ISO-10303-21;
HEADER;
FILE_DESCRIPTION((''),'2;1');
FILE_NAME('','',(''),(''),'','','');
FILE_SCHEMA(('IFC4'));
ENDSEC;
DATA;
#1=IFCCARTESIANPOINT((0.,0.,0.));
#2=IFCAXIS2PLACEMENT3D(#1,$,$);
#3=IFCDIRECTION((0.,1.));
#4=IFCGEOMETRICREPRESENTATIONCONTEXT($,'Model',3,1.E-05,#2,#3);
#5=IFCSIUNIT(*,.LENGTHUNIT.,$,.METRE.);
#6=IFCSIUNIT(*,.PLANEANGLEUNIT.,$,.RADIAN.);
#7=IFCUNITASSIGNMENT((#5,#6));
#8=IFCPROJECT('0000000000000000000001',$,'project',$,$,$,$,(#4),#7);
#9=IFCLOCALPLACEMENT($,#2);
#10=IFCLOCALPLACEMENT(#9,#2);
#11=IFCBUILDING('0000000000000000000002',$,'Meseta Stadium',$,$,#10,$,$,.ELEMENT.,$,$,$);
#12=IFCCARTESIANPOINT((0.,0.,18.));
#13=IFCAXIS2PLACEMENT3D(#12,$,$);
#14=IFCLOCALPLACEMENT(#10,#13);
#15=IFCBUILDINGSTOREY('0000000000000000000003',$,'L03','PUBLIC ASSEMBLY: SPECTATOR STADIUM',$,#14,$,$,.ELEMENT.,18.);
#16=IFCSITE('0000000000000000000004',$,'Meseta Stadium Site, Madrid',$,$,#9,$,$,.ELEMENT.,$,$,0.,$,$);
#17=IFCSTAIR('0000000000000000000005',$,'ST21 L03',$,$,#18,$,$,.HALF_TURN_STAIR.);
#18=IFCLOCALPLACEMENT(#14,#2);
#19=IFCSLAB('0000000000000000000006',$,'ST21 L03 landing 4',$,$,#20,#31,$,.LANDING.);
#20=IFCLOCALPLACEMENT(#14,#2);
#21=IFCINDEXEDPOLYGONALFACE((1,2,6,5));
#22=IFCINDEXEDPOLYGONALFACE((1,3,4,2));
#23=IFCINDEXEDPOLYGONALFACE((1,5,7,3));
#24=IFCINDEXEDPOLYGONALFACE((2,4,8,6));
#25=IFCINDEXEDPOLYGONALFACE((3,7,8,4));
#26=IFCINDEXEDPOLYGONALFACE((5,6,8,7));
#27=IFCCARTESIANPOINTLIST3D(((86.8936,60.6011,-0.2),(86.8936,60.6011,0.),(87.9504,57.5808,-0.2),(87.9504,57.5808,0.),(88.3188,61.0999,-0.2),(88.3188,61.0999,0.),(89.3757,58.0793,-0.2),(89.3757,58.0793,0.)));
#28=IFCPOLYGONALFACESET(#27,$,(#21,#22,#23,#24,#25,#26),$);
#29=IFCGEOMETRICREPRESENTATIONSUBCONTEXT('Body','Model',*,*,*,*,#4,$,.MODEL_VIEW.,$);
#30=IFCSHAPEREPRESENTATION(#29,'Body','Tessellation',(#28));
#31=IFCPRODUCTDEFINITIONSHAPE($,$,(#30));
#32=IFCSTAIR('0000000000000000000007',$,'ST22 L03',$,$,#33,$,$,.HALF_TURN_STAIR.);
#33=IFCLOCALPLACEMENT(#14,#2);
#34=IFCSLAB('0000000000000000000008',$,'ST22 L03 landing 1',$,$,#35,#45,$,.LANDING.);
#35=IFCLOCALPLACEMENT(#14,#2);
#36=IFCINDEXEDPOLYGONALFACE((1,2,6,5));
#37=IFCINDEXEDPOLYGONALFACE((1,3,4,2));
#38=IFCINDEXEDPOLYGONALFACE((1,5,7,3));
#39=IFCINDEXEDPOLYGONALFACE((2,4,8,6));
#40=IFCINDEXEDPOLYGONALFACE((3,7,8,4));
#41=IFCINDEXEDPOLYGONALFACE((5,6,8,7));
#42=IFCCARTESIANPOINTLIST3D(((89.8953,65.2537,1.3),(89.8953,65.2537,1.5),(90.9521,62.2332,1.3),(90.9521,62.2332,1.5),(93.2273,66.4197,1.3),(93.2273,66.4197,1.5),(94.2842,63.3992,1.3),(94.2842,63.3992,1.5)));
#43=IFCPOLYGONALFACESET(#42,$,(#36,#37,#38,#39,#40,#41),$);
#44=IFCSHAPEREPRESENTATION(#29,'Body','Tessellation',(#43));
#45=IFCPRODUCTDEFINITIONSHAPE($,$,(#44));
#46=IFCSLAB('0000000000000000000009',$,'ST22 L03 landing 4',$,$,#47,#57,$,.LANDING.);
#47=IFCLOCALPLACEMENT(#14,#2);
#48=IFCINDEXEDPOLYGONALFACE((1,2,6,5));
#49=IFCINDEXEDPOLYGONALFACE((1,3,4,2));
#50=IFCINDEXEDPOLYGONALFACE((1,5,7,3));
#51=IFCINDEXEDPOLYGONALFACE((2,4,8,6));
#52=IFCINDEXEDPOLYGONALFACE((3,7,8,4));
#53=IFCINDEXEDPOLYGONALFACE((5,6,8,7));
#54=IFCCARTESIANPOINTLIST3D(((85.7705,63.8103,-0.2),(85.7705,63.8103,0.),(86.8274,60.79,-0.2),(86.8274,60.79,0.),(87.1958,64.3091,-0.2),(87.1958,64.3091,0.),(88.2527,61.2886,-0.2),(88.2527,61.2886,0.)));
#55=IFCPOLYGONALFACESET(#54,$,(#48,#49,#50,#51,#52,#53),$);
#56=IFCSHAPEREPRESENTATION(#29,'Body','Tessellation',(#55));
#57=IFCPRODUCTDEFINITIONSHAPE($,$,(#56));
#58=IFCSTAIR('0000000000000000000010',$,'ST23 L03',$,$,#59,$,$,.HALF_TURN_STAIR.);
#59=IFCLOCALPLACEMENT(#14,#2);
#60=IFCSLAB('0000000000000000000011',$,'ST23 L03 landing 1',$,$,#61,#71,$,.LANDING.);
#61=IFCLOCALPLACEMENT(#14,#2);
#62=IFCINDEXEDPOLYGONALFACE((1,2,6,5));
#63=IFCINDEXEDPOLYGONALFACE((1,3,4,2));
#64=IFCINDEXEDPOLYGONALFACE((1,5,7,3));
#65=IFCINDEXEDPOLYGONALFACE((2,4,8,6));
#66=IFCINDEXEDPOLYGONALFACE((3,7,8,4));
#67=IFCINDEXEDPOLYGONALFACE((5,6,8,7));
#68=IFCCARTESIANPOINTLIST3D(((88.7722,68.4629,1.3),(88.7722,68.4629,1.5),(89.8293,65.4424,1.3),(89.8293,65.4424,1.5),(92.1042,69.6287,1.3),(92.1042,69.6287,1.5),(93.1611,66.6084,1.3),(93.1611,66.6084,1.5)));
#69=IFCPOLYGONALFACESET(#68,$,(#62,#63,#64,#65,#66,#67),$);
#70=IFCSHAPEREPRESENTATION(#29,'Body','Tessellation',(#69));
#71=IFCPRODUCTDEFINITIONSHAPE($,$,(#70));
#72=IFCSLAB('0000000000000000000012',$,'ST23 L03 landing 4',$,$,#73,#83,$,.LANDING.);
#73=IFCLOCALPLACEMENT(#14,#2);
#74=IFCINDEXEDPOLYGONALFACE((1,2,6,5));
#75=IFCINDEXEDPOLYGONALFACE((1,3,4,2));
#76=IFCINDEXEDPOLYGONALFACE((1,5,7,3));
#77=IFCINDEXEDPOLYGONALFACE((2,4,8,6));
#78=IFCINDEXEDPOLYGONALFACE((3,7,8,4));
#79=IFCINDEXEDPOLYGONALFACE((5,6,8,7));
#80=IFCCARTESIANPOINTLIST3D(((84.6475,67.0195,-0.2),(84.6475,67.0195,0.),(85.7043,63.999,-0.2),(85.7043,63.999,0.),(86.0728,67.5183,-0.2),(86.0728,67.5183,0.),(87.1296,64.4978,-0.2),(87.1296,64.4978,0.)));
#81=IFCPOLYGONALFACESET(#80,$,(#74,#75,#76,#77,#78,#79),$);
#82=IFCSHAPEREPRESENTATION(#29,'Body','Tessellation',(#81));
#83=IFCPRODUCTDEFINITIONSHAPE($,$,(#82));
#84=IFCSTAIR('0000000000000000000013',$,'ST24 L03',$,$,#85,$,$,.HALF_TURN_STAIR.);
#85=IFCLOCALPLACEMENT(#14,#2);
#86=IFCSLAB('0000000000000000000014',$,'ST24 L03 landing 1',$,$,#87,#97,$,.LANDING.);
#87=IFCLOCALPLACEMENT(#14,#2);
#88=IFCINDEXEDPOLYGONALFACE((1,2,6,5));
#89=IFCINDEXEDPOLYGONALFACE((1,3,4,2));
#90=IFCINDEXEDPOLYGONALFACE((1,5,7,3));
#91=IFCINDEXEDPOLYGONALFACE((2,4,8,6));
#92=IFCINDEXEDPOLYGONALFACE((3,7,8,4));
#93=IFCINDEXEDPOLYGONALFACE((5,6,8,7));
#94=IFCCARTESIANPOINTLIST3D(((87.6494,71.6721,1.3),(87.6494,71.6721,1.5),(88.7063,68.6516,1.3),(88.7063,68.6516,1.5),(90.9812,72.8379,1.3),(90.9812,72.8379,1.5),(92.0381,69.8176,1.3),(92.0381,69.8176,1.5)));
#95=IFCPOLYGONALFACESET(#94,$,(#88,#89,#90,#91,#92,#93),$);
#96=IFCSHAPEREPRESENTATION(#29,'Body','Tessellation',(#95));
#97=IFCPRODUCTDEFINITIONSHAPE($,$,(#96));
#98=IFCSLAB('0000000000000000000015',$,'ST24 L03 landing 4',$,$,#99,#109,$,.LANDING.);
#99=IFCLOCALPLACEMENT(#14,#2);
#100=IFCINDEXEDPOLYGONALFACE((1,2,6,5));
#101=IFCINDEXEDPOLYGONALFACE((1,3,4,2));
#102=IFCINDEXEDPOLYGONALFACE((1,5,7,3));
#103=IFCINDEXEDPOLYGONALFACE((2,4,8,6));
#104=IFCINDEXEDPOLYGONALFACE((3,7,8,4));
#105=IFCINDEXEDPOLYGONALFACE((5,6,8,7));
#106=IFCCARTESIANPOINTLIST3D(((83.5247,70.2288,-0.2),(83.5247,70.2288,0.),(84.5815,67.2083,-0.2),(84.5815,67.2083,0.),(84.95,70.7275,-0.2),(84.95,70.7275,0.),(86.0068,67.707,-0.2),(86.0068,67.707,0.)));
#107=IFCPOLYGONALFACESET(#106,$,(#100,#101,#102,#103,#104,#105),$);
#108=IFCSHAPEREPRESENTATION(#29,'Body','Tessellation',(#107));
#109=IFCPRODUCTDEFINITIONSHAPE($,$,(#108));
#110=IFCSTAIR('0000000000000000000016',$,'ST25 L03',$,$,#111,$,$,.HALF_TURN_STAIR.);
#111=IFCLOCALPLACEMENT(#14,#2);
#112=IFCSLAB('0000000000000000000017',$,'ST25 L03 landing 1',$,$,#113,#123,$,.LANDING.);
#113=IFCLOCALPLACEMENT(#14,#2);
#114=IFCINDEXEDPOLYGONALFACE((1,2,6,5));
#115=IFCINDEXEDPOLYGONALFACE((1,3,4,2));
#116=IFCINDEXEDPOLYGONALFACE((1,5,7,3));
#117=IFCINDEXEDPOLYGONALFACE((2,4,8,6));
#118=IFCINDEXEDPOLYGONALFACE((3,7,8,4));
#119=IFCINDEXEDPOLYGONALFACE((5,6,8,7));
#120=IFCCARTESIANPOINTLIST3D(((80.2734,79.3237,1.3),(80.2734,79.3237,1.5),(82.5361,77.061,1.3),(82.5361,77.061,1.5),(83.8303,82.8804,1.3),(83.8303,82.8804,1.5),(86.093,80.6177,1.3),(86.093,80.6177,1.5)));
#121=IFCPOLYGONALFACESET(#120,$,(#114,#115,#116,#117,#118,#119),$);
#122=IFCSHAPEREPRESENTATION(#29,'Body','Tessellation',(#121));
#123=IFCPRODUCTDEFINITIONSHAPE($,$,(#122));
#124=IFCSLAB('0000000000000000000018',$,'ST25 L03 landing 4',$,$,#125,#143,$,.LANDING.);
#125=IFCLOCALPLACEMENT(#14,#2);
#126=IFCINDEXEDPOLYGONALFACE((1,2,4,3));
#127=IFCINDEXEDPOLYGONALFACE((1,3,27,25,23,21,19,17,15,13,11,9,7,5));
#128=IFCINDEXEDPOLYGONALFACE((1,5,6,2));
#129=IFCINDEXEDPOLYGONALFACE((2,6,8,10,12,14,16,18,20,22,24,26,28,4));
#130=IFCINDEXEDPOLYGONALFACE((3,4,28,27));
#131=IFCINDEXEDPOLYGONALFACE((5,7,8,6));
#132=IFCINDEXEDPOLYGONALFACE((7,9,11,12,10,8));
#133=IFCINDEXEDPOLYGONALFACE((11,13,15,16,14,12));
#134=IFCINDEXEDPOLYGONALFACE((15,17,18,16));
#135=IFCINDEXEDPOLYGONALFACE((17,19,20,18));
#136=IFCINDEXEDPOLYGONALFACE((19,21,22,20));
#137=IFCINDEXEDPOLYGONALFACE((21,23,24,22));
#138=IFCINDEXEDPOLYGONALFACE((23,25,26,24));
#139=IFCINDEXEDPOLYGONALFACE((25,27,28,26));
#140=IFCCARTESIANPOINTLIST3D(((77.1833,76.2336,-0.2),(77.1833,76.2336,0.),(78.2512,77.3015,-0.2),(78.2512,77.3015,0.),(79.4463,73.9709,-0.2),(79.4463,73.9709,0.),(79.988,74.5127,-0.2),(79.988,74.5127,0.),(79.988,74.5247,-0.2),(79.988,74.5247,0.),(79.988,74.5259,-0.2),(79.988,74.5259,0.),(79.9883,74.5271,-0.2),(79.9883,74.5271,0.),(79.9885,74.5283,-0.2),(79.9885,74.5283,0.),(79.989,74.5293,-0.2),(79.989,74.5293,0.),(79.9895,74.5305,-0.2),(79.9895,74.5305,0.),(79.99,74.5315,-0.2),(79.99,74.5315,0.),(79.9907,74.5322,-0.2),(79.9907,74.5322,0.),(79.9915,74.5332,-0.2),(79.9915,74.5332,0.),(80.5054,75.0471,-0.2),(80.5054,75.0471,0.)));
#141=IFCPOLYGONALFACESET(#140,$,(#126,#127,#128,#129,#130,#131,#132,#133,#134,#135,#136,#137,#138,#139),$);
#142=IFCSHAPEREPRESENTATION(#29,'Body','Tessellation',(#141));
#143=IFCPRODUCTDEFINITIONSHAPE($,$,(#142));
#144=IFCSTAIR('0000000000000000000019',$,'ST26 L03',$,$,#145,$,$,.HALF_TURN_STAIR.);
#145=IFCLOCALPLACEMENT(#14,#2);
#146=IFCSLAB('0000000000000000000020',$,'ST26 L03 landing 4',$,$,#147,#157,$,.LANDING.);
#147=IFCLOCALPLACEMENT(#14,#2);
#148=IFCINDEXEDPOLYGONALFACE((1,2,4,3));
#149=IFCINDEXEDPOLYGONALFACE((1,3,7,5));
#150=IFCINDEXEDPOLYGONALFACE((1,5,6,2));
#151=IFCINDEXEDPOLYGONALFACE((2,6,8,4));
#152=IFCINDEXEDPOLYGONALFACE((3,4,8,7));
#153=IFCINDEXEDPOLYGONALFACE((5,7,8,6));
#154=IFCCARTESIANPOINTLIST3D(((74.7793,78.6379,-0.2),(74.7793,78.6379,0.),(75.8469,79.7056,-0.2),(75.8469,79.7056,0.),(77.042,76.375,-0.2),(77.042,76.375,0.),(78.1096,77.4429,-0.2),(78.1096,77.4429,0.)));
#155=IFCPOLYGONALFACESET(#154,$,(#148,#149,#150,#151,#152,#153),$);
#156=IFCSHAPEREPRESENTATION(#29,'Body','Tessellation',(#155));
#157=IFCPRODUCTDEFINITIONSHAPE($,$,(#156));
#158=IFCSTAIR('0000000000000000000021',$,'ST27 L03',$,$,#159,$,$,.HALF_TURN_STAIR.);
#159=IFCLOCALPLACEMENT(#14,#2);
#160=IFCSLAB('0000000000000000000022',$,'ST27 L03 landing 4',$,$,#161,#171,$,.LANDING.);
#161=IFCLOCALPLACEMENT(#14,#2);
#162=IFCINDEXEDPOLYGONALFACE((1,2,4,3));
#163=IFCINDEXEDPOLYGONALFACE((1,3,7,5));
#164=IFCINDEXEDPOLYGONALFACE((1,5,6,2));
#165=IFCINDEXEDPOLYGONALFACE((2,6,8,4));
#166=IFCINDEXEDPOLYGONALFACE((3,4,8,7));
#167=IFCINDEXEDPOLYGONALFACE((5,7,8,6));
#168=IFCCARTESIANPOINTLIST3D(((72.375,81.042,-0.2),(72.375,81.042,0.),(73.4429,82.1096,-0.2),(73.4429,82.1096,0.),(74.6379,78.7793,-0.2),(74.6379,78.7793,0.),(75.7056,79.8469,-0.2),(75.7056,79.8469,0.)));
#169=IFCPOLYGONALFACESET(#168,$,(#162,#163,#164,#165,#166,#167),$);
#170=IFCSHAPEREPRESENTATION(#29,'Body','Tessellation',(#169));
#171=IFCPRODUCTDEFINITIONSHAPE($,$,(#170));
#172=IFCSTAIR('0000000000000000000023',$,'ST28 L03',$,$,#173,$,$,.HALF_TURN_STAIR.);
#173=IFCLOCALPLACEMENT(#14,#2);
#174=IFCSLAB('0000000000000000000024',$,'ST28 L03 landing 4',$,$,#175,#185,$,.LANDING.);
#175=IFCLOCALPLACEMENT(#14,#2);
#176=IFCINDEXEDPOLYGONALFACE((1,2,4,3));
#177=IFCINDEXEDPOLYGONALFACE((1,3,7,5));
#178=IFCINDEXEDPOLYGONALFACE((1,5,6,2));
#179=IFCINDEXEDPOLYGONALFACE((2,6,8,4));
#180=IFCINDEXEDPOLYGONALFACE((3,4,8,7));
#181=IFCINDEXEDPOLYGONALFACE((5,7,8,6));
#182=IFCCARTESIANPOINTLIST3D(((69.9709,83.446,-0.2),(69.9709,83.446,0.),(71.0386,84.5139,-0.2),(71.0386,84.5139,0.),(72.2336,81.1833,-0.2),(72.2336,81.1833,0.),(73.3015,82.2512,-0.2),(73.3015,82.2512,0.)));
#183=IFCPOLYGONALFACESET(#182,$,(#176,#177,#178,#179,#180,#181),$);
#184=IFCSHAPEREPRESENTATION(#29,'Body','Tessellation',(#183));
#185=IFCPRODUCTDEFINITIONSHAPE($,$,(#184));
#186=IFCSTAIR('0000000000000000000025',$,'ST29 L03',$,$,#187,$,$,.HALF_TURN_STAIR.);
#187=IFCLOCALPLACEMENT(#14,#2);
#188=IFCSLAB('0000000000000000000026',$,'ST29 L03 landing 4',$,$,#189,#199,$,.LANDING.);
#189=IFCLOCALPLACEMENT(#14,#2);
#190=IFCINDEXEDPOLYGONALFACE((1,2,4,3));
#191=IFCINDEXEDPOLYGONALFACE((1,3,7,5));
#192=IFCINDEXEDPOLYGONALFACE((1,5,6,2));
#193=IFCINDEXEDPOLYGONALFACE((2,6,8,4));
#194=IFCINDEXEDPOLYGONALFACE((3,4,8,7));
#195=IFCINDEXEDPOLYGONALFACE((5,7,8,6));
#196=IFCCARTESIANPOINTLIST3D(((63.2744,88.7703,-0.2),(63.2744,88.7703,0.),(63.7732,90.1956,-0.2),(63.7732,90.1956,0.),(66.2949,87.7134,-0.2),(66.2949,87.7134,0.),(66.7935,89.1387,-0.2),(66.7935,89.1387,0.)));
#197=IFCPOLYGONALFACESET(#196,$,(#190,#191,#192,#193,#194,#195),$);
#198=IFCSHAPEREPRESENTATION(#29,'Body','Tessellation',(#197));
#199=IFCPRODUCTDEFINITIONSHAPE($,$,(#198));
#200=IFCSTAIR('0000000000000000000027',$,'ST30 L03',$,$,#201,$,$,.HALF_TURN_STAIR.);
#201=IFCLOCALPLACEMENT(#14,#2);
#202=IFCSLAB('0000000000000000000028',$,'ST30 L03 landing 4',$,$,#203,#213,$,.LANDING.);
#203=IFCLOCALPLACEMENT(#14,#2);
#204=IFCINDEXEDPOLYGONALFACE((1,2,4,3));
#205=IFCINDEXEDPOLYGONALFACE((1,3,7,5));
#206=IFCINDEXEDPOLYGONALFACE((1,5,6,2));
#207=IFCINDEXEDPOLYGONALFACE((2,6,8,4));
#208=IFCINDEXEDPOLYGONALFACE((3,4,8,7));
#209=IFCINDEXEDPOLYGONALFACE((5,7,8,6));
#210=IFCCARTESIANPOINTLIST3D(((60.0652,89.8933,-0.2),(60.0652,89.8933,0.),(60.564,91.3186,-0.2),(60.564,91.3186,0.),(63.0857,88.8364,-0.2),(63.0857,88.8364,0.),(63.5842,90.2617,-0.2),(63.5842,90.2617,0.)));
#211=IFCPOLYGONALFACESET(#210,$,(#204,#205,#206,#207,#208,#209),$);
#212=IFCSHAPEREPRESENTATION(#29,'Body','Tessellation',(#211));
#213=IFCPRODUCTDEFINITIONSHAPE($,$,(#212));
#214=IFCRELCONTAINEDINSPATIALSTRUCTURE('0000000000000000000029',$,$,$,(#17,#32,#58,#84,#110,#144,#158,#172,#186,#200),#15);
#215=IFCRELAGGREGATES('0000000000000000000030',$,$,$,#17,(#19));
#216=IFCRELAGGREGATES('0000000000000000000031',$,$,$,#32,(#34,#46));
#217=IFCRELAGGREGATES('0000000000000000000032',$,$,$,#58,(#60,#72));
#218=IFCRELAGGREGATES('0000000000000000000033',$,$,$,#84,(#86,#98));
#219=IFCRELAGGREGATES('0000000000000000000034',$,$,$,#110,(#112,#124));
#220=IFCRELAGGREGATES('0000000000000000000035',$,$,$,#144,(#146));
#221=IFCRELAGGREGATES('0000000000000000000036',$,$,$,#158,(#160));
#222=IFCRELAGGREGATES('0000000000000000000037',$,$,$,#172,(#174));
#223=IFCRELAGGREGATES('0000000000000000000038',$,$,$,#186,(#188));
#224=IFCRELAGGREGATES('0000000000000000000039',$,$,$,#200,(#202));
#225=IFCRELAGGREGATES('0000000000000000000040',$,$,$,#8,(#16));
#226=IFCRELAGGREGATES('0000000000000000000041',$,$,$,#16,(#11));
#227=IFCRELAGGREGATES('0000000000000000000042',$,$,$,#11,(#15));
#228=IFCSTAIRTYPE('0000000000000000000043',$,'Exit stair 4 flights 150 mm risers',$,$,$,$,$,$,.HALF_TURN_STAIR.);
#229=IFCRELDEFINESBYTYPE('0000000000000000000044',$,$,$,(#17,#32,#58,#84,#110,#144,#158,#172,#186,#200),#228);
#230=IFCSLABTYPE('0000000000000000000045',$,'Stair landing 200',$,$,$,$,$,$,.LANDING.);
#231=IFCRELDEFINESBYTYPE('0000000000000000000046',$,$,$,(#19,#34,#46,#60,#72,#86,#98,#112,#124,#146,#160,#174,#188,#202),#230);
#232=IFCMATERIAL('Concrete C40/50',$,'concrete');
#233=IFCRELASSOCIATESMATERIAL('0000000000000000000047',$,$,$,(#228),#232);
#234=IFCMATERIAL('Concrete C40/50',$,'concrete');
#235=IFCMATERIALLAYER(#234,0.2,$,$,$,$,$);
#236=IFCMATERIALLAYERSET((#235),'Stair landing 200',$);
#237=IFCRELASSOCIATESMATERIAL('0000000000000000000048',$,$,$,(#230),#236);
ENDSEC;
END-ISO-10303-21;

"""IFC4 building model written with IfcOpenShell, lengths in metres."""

from ifc_helpers import new_model, si_unit, direction, frame, origin, place, context, subcontext, project, spatial, polyline, outline, extrude, material, layer, layer_set, type_object, element, aggregate, save


model = new_model("IFC4")

# Units and contexts
model_context = context("Model", 3, precision=1e-05, world=origin(), true_north=direction((0.0, 1.0)))
body_context = subcontext(model_context, "Body", "Model", "MODEL_VIEW")
ifc_project = project(units=[si_unit("LENGTHUNIT", "METRE"), si_unit("PLANEANGLEUNIT", "RADIAN")], contexts=[model_context])

# Site, building, storey
site_placement = place(None, origin())
site = spatial("IfcSite", under=ifc_project, at=site_placement, Name="Meseta Stadium Site, Madrid", CompositionType="ELEMENT", RefElevation=0.0)
building_placement = place(site_placement, origin())
building = spatial("IfcBuilding", under=site, at=building_placement, Name="Meseta Stadium", CompositionType="ELEMENT")
storey_placement = place(building_placement, frame((0.0, 0.0, 18.0)))
storey = spatial("IfcBuildingStorey", under=building, at=storey_placement, Name="L03", Description="PUBLIC ASSEMBLY: SPECTATOR STADIUM", CompositionType="ELEMENT", Elevation=18.0)

# Stair, slab
ifc_material_1 = material(Name="Concrete C40/50", Category="concrete")
stair_type = type_object("IfcStairType", Name="Exit stair 4 flights 150 mm risers", PredefinedType="HALF_TURN_STAIR", material=ifc_material_1)
stair_1_placement = place(storey_placement, origin())
stair_1 = element("IfcStair", 1, at=stair_1_placement, inside=storey, type_object=stair_type, Name="ST21 L03", PredefinedType="HALF_TURN_STAIR")
ifc_material_2 = material(Name="Concrete C40/50", Category="concrete")
ifc_layer = layer(ifc_material_2, 0.2)
ifc_layer_set = layer_set([ifc_layer], Name="Stair landing 200")
slab_type = type_object("IfcSlabType", Name="Stair landing 200", PredefinedType="LANDING", material=ifc_layer_set)
slab_1_placement = place(storey_placement, frame((0.0, 0.0, -0.2)))
slab_1 = element("IfcSlab", 2, at=slab_1_placement, type_object=slab_type, Name="ST21 L03 landing 4", PredefinedType="LANDING", context=body_context, shape_type="SweptSolid", body=[
    extrude(outline(polyline([(87.9504, 57.5808), (89.3757, 58.0793), (88.3188, 61.0999), (86.8936, 60.6011), (87.9504, 57.5808)])), origin(), (0.0, 0.0, 1.0), 0.2),
])
aggregate(stair_1, [slab_1])

# Stairs, slabs
stair_2_placement = place(storey_placement, origin())
stair_2 = element("IfcStair", 3, at=stair_2_placement, inside=storey, type_object=stair_type, Name="ST22 L03", PredefinedType="HALF_TURN_STAIR")
slab_2_placement = place(storey_placement, frame((0.0, 0.0, 1.3)))
slab_2 = element("IfcSlab", 4, at=slab_2_placement, type_object=slab_type, Name="ST22 L03 landing 1", PredefinedType="LANDING", context=body_context, shape_type="SweptSolid", body=[
    extrude(outline(polyline([(90.9521, 62.2332), (94.2842, 63.3992), (93.2273, 66.4197), (89.8953, 65.2537), (90.9521, 62.2332)])), origin(), (0.0, 0.0, 1.0), 0.2),
])
slab_3_placement = place(storey_placement, frame((0.0, 0.0, -0.2)))
slab_3 = element("IfcSlab", 5, at=slab_3_placement, type_object=slab_type, Name="ST22 L03 landing 4", PredefinedType="LANDING", context=body_context, shape_type="SweptSolid", body=[
    extrude(outline(polyline([(86.8274, 60.79), (88.2527, 61.2886), (87.1958, 64.3091), (85.7705, 63.8103), (86.8274, 60.79)])), origin(), (0.0, 0.0, 1.0), 0.2),
])
aggregate(stair_2, [slab_2, slab_3])
stair_3_placement = place(storey_placement, origin())
stair_3 = element("IfcStair", 6, at=stair_3_placement, inside=storey, type_object=stair_type, Name="ST23 L03", PredefinedType="HALF_TURN_STAIR")
slab_4_placement = place(storey_placement, frame((0.0, 0.0, 1.3)))
slab_4 = element("IfcSlab", 7, at=slab_4_placement, type_object=slab_type, Name="ST23 L03 landing 1", PredefinedType="LANDING", context=body_context, shape_type="SweptSolid", body=[
    extrude(outline(polyline([(89.8293, 65.4424), (93.1611, 66.6084), (92.1042, 69.6287), (88.7722, 68.4629), (89.8293, 65.4424)])), origin(), (0.0, 0.0, 1.0), 0.2),
])
slab_5_placement = place(storey_placement, frame((0.0, 0.0, -0.2)))
slab_5 = element("IfcSlab", 8, at=slab_5_placement, type_object=slab_type, Name="ST23 L03 landing 4", PredefinedType="LANDING", context=body_context, shape_type="SweptSolid", body=[
    extrude(outline(polyline([(85.7043, 63.999), (87.1296, 64.4978), (86.0728, 67.5183), (84.6475, 67.0195), (85.7043, 63.999)])), origin(), (0.0, 0.0, 1.0), 0.2),
])
aggregate(stair_3, [slab_4, slab_5])
stair_4_placement = place(storey_placement, origin())
stair_4 = element("IfcStair", 9, at=stair_4_placement, inside=storey, type_object=stair_type, Name="ST24 L03", PredefinedType="HALF_TURN_STAIR")
slab_6_placement = place(storey_placement, frame((0.0, 0.0, 1.3)))
slab_6 = element("IfcSlab", 10, at=slab_6_placement, type_object=slab_type, Name="ST24 L03 landing 1", PredefinedType="LANDING", context=body_context, shape_type="SweptSolid", body=[
    extrude(outline(polyline([(88.7063, 68.6516), (92.0381, 69.8176), (90.9812, 72.8379), (87.6494, 71.6721), (88.7063, 68.6516)])), origin(), (0.0, 0.0, 1.0), 0.2),
])
slab_7_placement = place(storey_placement, frame((0.0, 0.0, -0.2)))
slab_7 = element("IfcSlab", 11, at=slab_7_placement, type_object=slab_type, Name="ST24 L03 landing 4", PredefinedType="LANDING", context=body_context, shape_type="SweptSolid", body=[
    extrude(outline(polyline([(84.5815, 67.2083), (86.0068, 67.707), (84.95, 70.7275), (83.5247, 70.2288), (84.5815, 67.2083)])), origin(), (0.0, 0.0, 1.0), 0.2),
])
aggregate(stair_4, [slab_6, slab_7])
stair_5_placement = place(storey_placement, origin())
stair_5 = element("IfcStair", 12, at=stair_5_placement, inside=storey, type_object=stair_type, Name="ST25 L03", PredefinedType="HALF_TURN_STAIR")
slab_8_placement = place(storey_placement, frame((0.0, 0.0, 1.3)))
slab_8 = element("IfcSlab", 13, at=slab_8_placement, type_object=slab_type, Name="ST25 L03 landing 1", PredefinedType="LANDING", context=body_context, shape_type="SweptSolid", body=[
    extrude(outline(polyline([(82.5361, 77.061), (86.093, 80.6177), (83.8303, 82.8804), (80.2734, 79.3237), (82.5361, 77.061)])), origin(), (0.0, 0.0, 1.0), 0.2),
])
slab_9_placement = place(storey_placement, frame((0.0, 0.0, -0.2)))
slab_9 = element("IfcSlab", 14, at=slab_9_placement, type_object=slab_type, Name="ST25 L03 landing 4", PredefinedType="LANDING", context=body_context, shape_type="SweptSolid", body=[
    extrude(outline(polyline([(79.4463, 73.9709), (79.988, 74.5127), (79.988, 74.5247), (79.988, 74.5259), (79.9883, 74.5271), (79.9885, 74.5283), (79.989, 74.5293), (79.9895, 74.5305), (79.99, 74.5315), (79.9907, 74.5322), (79.9915, 74.5332), (80.5054, 75.0471), (78.2512, 77.3015), (77.1833, 76.2336), (79.4463, 73.9709)])), origin(), (0.0, 0.0, 1.0), 0.2),
])
aggregate(stair_5, [slab_8, slab_9])

# Stairs, slabs
stair_6_placement = place(storey_placement, origin())
stair_6 = element("IfcStair", 15, at=stair_6_placement, inside=storey, type_object=stair_type, Name="ST26 L03", PredefinedType="HALF_TURN_STAIR")
slab_10_placement = place(storey_placement, frame((0.0, 0.0, -0.2)))
slab_10 = element("IfcSlab", 16, at=slab_10_placement, type_object=slab_type, Name="ST26 L03 landing 4", PredefinedType="LANDING", context=body_context, shape_type="SweptSolid", body=[
    extrude(outline(polyline([(77.042, 76.375), (78.1096, 77.4429), (75.8469, 79.7056), (74.7793, 78.6379), (77.042, 76.375)])), origin(), (0.0, 0.0, 1.0), 0.2),
])
aggregate(stair_6, [slab_10])
stair_7_placement = place(storey_placement, origin())
stair_7 = element("IfcStair", 17, at=stair_7_placement, inside=storey, type_object=stair_type, Name="ST27 L03", PredefinedType="HALF_TURN_STAIR")
slab_11_placement = place(storey_placement, frame((0.0, 0.0, -0.2)))
slab_11 = element("IfcSlab", 18, at=slab_11_placement, type_object=slab_type, Name="ST27 L03 landing 4", PredefinedType="LANDING", context=body_context, shape_type="SweptSolid", body=[
    extrude(outline(polyline([(74.6379, 78.7793), (75.7056, 79.8469), (73.4429, 82.1096), (72.375, 81.042), (74.6379, 78.7793)])), origin(), (0.0, 0.0, 1.0), 0.2),
])
aggregate(stair_7, [slab_11])
stair_8_placement = place(storey_placement, origin())
stair_8 = element("IfcStair", 19, at=stair_8_placement, inside=storey, type_object=stair_type, Name="ST28 L03", PredefinedType="HALF_TURN_STAIR")
slab_12_placement = place(storey_placement, frame((0.0, 0.0, -0.2)))
slab_12 = element("IfcSlab", 20, at=slab_12_placement, type_object=slab_type, Name="ST28 L03 landing 4", PredefinedType="LANDING", context=body_context, shape_type="SweptSolid", body=[
    extrude(outline(polyline([(72.2336, 81.1833), (73.3015, 82.2512), (71.0386, 84.5139), (69.9709, 83.446), (72.2336, 81.1833)])), origin(), (0.0, 0.0, 1.0), 0.2),
])
aggregate(stair_8, [slab_12])
stair_9_placement = place(storey_placement, origin())
stair_9 = element("IfcStair", 21, at=stair_9_placement, inside=storey, type_object=stair_type, Name="ST29 L03", PredefinedType="HALF_TURN_STAIR")
slab_13_placement = place(storey_placement, frame((0.0, 0.0, -0.2)))
slab_13 = element("IfcSlab", 22, at=slab_13_placement, type_object=slab_type, Name="ST29 L03 landing 4", PredefinedType="LANDING", context=body_context, shape_type="SweptSolid", body=[
    extrude(outline(polyline([(66.2949, 87.7134), (66.7935, 89.1387), (63.7732, 90.1956), (63.2744, 88.7703), (66.2949, 87.7134)])), origin(), (0.0, 0.0, 1.0), 0.2),
])
aggregate(stair_9, [slab_13])
stair_10_placement = place(storey_placement, origin())
stair_10 = element("IfcStair", 23, at=stair_10_placement, inside=storey, type_object=stair_type, Name="ST30 L03", PredefinedType="HALF_TURN_STAIR")
slab_14_placement = place(storey_placement, frame((0.0, 0.0, -0.2)))
slab_14 = element("IfcSlab", 24, at=slab_14_placement, type_object=slab_type, Name="ST30 L03 landing 4", PredefinedType="LANDING", context=body_context, shape_type="SweptSolid", body=[
    extrude(outline(polyline([(63.0857, 88.8364), (63.5842, 90.2617), (60.564, 91.3186), (60.0652, 89.8933), (63.0857, 88.8364)])), origin(), (0.0, 0.0, 1.0), 0.2),
])
aggregate(stair_10, [slab_14])

save(model, "model.ifc")
